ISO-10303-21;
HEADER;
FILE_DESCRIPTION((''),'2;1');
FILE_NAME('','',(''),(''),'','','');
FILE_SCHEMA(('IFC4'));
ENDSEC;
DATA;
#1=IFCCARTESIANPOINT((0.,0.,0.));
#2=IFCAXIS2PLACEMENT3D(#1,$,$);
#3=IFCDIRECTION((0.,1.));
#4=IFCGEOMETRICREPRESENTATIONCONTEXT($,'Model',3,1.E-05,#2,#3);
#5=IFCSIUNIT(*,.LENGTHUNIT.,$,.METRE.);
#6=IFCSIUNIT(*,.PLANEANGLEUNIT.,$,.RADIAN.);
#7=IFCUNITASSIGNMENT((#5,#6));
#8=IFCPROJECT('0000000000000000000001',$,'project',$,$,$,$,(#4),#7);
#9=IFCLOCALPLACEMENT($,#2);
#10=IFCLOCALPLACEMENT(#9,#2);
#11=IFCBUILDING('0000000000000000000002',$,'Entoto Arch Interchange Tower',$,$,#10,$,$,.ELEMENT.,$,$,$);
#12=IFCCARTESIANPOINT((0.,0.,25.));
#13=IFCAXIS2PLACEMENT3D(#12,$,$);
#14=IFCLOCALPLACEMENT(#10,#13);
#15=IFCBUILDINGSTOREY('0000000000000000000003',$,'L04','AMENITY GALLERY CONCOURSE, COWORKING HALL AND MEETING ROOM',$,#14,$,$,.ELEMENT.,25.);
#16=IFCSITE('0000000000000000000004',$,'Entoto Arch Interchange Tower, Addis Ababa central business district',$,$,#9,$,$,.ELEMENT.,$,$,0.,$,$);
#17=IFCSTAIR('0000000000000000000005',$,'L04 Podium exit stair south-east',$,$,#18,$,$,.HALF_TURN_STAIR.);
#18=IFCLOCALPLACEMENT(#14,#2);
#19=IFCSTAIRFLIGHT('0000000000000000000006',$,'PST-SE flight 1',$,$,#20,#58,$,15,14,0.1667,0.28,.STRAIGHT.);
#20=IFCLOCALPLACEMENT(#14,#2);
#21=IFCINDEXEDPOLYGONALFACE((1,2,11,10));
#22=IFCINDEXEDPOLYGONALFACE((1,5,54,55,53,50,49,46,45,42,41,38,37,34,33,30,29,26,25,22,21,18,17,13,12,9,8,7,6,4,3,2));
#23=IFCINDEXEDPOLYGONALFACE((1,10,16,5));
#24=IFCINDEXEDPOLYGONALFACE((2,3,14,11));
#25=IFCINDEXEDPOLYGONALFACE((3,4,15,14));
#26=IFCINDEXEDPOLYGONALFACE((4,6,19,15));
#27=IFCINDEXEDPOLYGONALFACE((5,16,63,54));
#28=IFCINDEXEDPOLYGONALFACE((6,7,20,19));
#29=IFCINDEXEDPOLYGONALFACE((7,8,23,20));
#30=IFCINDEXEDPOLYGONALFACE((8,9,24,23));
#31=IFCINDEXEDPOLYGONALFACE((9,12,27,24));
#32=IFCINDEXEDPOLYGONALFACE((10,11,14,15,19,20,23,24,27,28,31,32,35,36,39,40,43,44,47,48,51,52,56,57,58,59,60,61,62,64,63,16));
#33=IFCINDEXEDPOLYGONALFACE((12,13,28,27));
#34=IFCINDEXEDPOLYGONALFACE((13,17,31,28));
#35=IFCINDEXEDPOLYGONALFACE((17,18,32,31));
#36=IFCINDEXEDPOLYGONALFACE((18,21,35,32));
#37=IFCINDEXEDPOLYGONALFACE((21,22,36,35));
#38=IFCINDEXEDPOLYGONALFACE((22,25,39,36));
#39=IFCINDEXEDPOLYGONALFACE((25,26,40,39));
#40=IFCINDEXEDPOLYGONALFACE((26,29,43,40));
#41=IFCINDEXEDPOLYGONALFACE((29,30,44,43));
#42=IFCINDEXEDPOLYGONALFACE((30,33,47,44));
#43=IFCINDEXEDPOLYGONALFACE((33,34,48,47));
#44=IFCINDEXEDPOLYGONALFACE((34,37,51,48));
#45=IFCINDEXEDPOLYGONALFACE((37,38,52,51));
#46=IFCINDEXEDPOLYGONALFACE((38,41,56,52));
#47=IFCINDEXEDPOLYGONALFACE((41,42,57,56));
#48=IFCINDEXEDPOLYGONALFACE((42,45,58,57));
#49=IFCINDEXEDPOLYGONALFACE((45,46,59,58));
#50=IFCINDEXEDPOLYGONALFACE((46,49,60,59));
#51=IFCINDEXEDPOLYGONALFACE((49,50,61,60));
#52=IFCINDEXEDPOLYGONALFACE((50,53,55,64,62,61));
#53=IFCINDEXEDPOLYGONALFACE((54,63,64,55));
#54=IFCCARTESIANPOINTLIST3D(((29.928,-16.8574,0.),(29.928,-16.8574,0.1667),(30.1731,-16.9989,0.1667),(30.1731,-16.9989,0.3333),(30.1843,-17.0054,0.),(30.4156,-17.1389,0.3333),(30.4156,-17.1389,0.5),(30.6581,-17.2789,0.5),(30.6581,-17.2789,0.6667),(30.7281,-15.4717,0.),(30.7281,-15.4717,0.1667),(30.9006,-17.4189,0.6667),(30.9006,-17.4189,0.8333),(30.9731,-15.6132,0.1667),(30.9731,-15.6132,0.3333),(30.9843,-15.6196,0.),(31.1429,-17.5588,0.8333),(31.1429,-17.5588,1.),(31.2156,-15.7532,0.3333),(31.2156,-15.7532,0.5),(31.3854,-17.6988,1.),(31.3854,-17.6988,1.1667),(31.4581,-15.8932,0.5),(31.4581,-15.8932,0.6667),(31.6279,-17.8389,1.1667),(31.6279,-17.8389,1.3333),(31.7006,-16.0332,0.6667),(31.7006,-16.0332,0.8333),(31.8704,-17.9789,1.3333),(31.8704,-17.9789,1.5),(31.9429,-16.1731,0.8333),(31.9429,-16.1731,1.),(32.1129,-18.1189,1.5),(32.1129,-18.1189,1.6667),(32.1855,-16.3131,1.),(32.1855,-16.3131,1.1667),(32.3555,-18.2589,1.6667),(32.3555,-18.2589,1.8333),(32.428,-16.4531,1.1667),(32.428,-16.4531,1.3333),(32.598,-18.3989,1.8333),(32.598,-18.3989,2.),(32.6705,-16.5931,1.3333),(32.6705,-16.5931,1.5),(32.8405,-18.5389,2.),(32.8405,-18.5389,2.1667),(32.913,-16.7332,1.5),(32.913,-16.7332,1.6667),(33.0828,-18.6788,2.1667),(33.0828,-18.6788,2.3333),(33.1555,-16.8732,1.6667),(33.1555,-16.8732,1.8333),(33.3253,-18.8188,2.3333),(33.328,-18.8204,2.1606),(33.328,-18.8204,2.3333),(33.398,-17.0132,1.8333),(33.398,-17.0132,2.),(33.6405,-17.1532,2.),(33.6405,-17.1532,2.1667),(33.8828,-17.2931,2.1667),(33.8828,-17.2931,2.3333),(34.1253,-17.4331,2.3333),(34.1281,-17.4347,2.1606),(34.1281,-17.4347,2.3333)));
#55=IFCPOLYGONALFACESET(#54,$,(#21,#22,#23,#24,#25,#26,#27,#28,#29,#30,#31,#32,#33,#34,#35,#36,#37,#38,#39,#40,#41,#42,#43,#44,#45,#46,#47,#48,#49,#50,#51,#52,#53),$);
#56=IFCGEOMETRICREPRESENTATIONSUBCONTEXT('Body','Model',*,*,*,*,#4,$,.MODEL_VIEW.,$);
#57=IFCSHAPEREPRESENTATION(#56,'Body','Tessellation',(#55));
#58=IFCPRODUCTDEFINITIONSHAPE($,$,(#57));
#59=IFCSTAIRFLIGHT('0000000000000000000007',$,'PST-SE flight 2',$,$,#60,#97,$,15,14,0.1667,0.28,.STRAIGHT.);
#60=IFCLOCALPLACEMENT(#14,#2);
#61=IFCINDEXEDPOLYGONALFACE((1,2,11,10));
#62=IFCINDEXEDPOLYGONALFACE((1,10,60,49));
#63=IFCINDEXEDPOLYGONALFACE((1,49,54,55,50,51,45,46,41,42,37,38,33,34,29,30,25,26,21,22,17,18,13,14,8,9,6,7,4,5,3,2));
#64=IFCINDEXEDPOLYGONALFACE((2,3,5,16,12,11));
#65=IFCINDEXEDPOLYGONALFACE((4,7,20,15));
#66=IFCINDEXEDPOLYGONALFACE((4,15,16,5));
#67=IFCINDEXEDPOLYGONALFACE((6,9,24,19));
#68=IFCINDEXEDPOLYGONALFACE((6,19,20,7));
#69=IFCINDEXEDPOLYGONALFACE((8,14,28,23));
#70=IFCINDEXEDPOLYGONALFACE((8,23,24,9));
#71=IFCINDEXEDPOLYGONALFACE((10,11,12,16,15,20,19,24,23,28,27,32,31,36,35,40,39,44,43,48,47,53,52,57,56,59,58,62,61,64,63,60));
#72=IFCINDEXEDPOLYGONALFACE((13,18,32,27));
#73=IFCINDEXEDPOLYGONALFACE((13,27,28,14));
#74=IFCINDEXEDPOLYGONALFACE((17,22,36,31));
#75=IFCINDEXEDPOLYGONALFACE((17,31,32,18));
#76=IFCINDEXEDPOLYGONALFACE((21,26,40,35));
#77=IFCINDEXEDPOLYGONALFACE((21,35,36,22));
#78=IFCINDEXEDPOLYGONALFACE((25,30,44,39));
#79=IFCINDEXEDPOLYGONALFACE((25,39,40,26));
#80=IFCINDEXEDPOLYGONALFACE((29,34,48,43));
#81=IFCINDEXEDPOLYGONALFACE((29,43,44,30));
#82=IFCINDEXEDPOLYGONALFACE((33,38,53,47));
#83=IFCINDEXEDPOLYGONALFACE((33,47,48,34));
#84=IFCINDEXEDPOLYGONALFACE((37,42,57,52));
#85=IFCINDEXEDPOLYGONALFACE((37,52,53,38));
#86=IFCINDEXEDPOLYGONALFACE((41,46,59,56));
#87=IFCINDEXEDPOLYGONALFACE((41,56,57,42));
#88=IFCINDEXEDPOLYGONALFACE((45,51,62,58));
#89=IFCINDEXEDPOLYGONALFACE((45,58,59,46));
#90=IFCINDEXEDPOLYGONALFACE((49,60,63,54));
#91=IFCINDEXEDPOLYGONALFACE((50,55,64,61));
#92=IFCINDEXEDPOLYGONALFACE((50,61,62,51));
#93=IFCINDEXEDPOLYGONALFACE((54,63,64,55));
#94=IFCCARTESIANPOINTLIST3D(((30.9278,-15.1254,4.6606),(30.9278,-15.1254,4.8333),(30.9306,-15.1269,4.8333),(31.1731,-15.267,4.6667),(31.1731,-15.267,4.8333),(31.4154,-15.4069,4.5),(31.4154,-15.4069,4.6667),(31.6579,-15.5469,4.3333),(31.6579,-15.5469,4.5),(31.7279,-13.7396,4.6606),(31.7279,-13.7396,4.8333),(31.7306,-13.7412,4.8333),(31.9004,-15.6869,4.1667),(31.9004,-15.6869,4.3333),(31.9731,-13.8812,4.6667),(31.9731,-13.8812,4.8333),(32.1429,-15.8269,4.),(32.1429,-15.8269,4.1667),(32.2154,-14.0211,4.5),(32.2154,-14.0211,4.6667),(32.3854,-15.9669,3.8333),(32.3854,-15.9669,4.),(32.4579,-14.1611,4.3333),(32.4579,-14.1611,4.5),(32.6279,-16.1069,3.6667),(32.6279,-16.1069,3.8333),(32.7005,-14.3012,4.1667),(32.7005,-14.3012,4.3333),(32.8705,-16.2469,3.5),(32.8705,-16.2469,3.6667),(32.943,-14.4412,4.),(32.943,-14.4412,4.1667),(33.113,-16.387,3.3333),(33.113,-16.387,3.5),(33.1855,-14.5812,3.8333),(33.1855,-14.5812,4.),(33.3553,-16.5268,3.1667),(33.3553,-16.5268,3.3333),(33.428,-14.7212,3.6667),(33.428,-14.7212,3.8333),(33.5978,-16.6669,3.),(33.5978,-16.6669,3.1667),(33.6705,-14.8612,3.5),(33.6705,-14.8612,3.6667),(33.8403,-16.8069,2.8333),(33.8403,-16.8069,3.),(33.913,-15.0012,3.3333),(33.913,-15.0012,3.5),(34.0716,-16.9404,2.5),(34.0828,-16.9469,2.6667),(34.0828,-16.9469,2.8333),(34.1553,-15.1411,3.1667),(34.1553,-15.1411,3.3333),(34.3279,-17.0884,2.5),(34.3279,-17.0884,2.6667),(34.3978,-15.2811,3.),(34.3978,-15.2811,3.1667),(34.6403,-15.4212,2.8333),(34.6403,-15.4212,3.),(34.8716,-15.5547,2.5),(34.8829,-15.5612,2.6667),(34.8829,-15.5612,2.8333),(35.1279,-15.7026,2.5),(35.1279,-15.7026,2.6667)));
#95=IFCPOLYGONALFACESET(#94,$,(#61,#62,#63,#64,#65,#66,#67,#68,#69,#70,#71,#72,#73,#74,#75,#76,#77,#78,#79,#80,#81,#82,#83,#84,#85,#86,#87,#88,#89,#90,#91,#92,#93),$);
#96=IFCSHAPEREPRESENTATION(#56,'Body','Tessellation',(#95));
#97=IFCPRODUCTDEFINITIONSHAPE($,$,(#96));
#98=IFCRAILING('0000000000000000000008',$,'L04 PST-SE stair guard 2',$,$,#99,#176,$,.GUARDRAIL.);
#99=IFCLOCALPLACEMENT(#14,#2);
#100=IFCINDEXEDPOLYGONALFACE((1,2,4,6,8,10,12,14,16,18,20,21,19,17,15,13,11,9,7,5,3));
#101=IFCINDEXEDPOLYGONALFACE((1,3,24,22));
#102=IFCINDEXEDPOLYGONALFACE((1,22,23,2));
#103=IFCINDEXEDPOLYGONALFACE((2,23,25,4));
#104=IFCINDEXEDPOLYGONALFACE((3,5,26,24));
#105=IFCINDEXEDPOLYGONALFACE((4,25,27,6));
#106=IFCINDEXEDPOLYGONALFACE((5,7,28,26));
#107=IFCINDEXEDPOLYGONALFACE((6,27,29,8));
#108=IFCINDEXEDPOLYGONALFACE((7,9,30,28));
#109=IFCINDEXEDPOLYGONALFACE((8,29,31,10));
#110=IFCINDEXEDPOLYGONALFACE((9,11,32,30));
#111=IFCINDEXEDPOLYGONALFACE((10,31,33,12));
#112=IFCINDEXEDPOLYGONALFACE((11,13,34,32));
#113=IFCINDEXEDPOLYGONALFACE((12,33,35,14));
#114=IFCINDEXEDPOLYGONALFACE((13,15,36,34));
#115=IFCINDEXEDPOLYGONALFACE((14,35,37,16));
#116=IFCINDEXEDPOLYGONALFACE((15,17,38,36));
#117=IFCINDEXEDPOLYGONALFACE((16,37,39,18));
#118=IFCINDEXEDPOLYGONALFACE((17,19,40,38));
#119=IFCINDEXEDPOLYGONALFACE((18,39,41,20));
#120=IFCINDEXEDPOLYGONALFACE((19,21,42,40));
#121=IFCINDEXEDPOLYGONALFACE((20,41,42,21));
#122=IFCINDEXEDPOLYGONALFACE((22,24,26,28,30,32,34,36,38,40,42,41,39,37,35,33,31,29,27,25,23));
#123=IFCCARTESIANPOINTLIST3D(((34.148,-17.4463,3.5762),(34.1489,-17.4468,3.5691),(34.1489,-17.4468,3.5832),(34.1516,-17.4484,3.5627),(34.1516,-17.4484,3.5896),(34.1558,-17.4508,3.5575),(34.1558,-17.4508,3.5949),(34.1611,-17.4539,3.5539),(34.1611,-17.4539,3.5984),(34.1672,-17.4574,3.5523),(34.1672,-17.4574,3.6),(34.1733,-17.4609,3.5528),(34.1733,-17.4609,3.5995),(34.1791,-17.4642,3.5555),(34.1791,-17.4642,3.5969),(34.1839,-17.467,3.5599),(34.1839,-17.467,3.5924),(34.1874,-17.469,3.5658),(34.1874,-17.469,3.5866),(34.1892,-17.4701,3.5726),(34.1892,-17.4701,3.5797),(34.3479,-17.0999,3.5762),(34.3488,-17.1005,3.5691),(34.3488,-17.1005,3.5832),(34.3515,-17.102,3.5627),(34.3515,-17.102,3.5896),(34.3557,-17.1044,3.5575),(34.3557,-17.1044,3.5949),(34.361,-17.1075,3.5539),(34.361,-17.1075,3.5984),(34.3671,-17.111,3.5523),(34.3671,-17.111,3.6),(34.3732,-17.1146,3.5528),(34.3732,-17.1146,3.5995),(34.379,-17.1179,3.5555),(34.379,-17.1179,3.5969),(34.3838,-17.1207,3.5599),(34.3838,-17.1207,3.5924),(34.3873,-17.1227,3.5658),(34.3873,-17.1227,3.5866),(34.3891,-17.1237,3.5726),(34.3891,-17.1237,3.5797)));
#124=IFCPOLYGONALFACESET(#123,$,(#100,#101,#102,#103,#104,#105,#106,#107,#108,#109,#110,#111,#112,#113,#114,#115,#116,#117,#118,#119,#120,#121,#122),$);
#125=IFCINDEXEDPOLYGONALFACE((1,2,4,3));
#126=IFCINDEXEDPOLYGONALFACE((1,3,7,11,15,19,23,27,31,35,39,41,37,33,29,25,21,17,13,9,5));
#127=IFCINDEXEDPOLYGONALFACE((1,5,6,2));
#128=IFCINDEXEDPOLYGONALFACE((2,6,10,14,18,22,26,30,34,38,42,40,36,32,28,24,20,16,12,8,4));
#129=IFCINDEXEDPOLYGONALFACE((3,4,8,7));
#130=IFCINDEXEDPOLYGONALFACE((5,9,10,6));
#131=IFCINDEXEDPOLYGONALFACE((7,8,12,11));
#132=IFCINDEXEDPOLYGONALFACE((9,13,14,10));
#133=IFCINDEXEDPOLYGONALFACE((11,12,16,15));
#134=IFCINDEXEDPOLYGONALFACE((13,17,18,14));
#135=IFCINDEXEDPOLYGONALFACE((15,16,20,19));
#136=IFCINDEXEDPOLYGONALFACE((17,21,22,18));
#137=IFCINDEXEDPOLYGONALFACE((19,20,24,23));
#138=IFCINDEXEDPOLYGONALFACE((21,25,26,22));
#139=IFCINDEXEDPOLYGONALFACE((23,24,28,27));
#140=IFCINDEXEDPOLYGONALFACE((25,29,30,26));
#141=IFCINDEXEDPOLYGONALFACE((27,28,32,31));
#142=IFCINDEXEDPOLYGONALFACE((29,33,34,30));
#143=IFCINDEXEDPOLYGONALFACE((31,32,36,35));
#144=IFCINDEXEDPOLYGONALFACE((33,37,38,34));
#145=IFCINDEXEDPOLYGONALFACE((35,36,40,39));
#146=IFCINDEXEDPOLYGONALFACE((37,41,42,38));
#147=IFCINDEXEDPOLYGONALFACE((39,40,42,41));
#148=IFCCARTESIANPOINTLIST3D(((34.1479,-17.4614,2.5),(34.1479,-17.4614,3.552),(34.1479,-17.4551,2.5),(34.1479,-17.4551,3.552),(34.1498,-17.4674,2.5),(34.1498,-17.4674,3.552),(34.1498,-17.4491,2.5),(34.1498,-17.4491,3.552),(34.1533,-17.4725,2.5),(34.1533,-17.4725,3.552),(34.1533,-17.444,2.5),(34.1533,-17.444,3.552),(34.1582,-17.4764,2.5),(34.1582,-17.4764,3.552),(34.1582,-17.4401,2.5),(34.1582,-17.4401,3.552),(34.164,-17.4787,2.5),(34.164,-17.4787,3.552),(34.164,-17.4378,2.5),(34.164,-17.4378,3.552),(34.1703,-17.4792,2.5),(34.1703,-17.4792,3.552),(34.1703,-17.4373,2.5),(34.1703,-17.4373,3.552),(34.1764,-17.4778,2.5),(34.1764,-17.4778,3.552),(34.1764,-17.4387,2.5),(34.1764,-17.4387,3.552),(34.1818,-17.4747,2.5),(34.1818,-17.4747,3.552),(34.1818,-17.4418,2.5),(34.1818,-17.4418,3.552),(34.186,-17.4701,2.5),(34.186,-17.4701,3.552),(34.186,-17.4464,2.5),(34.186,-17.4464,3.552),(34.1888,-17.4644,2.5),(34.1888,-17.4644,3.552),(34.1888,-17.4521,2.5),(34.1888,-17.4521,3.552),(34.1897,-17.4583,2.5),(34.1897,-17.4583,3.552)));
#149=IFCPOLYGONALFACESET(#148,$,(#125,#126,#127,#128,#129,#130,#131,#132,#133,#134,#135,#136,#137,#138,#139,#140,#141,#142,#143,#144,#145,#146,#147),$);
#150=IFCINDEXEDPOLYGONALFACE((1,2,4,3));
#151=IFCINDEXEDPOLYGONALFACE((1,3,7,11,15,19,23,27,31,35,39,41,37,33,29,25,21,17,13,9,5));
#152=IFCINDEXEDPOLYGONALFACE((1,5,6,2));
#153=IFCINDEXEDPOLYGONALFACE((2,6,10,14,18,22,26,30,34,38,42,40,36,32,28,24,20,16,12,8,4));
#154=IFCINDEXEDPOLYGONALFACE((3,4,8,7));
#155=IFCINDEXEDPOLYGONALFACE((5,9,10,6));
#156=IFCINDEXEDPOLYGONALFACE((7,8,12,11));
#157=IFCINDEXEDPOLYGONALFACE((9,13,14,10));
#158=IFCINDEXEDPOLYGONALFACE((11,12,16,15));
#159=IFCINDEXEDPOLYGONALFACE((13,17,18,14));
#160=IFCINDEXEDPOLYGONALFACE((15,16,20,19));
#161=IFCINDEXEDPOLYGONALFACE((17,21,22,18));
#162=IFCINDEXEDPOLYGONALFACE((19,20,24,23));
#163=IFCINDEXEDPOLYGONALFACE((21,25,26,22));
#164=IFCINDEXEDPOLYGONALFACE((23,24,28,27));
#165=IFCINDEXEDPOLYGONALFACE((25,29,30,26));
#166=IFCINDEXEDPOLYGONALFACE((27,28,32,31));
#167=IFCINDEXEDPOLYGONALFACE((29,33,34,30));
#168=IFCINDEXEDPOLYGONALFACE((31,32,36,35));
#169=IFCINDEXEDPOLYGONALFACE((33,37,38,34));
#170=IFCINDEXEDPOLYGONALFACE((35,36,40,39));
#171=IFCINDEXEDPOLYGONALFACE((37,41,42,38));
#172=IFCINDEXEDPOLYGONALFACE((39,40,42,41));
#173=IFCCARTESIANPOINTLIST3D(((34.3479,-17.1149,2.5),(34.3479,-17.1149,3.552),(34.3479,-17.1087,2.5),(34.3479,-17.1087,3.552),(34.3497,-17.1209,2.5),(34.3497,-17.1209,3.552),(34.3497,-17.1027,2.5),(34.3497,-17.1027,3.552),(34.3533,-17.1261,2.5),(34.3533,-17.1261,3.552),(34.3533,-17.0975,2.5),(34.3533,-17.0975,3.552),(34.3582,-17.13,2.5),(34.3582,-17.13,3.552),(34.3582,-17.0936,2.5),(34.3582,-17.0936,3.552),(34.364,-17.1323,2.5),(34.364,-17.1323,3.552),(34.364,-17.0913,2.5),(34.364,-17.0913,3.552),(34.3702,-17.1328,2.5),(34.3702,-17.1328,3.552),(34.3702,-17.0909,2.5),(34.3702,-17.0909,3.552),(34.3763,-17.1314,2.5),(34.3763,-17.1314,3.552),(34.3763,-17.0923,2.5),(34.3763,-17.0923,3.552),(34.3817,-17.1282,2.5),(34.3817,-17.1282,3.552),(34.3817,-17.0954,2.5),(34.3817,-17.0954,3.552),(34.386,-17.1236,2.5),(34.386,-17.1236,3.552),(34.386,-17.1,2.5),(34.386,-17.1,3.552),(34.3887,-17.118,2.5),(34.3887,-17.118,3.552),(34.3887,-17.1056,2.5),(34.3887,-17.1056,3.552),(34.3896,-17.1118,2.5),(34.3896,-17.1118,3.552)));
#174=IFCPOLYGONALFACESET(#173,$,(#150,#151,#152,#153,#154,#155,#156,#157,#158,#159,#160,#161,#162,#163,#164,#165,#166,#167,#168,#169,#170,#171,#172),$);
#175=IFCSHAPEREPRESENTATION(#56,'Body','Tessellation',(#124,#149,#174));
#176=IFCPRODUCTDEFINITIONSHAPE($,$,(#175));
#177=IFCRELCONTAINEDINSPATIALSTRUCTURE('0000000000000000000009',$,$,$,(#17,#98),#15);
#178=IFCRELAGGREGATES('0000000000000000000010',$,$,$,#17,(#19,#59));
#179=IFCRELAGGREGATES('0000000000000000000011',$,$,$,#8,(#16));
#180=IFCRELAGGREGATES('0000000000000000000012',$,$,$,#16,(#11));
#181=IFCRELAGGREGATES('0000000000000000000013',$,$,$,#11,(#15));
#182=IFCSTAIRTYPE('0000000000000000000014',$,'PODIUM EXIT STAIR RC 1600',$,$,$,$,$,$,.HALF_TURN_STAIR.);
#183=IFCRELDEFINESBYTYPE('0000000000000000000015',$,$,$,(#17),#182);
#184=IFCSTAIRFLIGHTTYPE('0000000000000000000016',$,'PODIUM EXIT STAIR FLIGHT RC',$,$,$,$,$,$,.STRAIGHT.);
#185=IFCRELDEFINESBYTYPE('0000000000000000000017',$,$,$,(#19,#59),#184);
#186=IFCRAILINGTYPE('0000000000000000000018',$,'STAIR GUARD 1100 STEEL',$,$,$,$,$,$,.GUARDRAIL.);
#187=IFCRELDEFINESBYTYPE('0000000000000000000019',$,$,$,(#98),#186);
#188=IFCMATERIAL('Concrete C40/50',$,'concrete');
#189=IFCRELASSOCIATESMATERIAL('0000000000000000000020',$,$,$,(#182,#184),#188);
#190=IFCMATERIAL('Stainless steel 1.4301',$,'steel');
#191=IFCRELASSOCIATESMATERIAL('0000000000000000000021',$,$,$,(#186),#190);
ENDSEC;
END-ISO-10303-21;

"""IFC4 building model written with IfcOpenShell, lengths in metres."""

from ifc_helpers import new_model, si_unit, direction, frame, origin, origin_2d, place, context, subcontext, project, spatial, polyline, circle, outline, extrude, material, type_object, element, aggregate, save


model = new_model("IFC4")

# Units and contexts
model_context = context("Model", 3, precision=1e-05, world=origin(), true_north=direction((0.0, 1.0)))
body_context = subcontext(model_context, "Body", "Model", "MODEL_VIEW")
ifc_project = project(units=[si_unit("LENGTHUNIT", "METRE"), si_unit("PLANEANGLEUNIT", "RADIAN")], contexts=[model_context])

# Site, building, storey
site_placement = place(None, origin())
site = spatial("IfcSite", under=ifc_project, at=site_placement, Name="Entoto Arch Interchange Tower, Addis Ababa central business district", CompositionType="ELEMENT", RefElevation=0.0)
building_placement = place(site_placement, origin())
building = spatial("IfcBuilding", under=site, at=building_placement, Name="Entoto Arch Interchange Tower", CompositionType="ELEMENT")
storey_placement = place(building_placement, frame((0.0, 0.0, 25.0)))
storey = spatial("IfcBuildingStorey", under=building, at=storey_placement, Name="L04", Description="AMENITY GALLERY CONCOURSE, COWORKING HALL AND MEETING ROOM", CompositionType="ELEMENT", Elevation=25.0)

# Shared definitions
ifc_material_1 = material(Name="Concrete C40/50", Category="concrete")

# Stair, stair flights
stair_type = type_object("IfcStairType", Name="PODIUM EXIT STAIR RC 1600", PredefinedType="HALF_TURN_STAIR", material=ifc_material_1)
stair_placement = place(storey_placement, origin())
stair = element("IfcStair", 1, at=stair_placement, inside=storey, type_object=stair_type, Name="L04 Podium exit stair south-east", PredefinedType="HALF_TURN_STAIR")
stair_flight_type = type_object("IfcStairFlightType", Name="PODIUM EXIT STAIR FLIGHT RC", PredefinedType="STRAIGHT", material=ifc_material_1)
stair_flight_1_placement = place(storey_placement, frame((30.3306, -16.166, 0.0), z_axis=(0.0, 0.0, 1.0), x_axis=(0.866025, -0.5, 0.0)))
stair_flight_1 = element("IfcStairFlight", 2, at=stair_flight_1_placement, type_object=stair_flight_type, Name="PST-SE flight 1", NumberOfRisers=15, NumberOfTreads=14, PredefinedType="STRAIGHT", RiserHeight=0.1667, TreadLength=0.28, context=body_context, shape_type="SweptSolid", body=[
    extrude(outline(polyline([(-0.0029, 0.0), (-0.0029, 0.1667), (0.28, 0.1667), (0.28, 0.3333), (0.5601, 0.3333), (0.5601, 0.5), (0.8401, 0.5), (0.8401, 0.6667), (1.1201, 0.6667), (1.1201, 0.8333), (1.3999, 0.8333), (1.3999, 1.0), (1.6799, 1.0), (1.6799, 1.1667), (1.96, 1.1667), (1.96, 1.3333), (2.24, 1.3333), (2.24, 1.5), (2.52, 1.5), (2.52, 1.6667), (2.8, 1.6667), (2.8, 1.8333), (3.0801, 1.8333), (3.0801, 2.0), (3.3601, 2.0), (3.3601, 2.1667), (3.6399, 2.1667), (3.6399, 2.3333), (3.9199, 2.3333), (3.9231, 2.3333), (3.9231, 2.1606), (0.293, 0.0), (-0.0029, 0.0)])), frame((0.0, 0.8, 0.0), z_axis=(0.0, -1.0, 0.0), x_axis=(1.0, 0.0, 0.0)), (0.0, 0.0, 1.0), 1.6001),
])
stair_flight_2_placement = place(storey_placement, frame((34.7253, -16.394, 2.5), z_axis=(0.0, 0.0, 1.0), x_axis=(-0.866025, 0.5, 0.0)))
stair_flight_2 = element("IfcStairFlight", 3, at=stair_flight_2_placement, type_object=stair_flight_type, Name="PST-SE flight 2", NumberOfRisers=15, NumberOfTreads=14, PredefinedType="STRAIGHT", RiserHeight=0.1667, TreadLength=0.28, context=body_context, shape_type="SweptSolid", body=[
    extrude(outline(polyline([(-0.0029, 0.0), (-0.0029, 0.1667), (0.28, 0.1667), (0.28, 0.3333), (0.5601, 0.3333), (0.5601, 0.5), (0.8401, 0.5), (0.8401, 0.6667), (1.1201, 0.6667), (1.1201, 0.8333), (1.3999, 0.8333), (1.3999, 1.0), (1.6799, 1.0), (1.6799, 1.1667), (1.96, 1.1667), (1.96, 1.3333), (2.24, 1.3333), (2.24, 1.5), (2.52, 1.5), (2.52, 1.6667), (2.8, 1.6667), (2.8, 1.8333), (3.0801, 1.8333), (3.0801, 2.0), (3.3601, 2.0), (3.3601, 2.1667), (3.6399, 2.1667), (3.6399, 2.3333), (3.9199, 2.3333), (3.9231, 2.3333), (3.9231, 2.1606), (0.293, 0.0), (-0.0029, 0.0)])), frame((0.0, 0.8, 0.0), z_axis=(0.0, -1.0, 0.0), x_axis=(1.0, 0.0, 0.0)), (0.0, 0.0, 1.0), 1.6001),
])
aggregate(stair, [stair_flight_1, stair_flight_2])

# Railing
ifc_material_2 = material(Name="Stainless steel 1.4301", Category="steel")
railing_type_1 = type_object("IfcRailingType", Name="STAIR GUARD 1100 STEEL", PredefinedType="GUARDRAIL", material=ifc_material_2)
railing_1_placement = place(storey_placement, frame((34.1687, -17.4583, 2.5)))
element("IfcRailing", 4, at=railing_1_placement, inside=storey, type_object=railing_type_1, Name="L04 PST-SE stair guard 2", PredefinedType="GUARDRAIL", context=body_context, shape_type="SweptSolid", body=[
    extrude(circle(Radius=0.0239, at=origin_2d()), frame((0.0, 0.0, 1.0762), z_axis=(0.499881, 0.866094, 0.0), x_axis=(-0.866094, 0.499881, 0.0)), (0.0, 0.0, 1.0), 0.3999),
    extrude(circle(Radius=0.021, at=origin_2d()), origin(), (0.0, 0.0, 1.0), 1.052),
    extrude(circle(Radius=0.021, at=origin_2d()), frame((0.2, 0.3464, 0.0)), (0.0, 0.0, 1.0), 1.052),
])

save(model, "model.ifc")
